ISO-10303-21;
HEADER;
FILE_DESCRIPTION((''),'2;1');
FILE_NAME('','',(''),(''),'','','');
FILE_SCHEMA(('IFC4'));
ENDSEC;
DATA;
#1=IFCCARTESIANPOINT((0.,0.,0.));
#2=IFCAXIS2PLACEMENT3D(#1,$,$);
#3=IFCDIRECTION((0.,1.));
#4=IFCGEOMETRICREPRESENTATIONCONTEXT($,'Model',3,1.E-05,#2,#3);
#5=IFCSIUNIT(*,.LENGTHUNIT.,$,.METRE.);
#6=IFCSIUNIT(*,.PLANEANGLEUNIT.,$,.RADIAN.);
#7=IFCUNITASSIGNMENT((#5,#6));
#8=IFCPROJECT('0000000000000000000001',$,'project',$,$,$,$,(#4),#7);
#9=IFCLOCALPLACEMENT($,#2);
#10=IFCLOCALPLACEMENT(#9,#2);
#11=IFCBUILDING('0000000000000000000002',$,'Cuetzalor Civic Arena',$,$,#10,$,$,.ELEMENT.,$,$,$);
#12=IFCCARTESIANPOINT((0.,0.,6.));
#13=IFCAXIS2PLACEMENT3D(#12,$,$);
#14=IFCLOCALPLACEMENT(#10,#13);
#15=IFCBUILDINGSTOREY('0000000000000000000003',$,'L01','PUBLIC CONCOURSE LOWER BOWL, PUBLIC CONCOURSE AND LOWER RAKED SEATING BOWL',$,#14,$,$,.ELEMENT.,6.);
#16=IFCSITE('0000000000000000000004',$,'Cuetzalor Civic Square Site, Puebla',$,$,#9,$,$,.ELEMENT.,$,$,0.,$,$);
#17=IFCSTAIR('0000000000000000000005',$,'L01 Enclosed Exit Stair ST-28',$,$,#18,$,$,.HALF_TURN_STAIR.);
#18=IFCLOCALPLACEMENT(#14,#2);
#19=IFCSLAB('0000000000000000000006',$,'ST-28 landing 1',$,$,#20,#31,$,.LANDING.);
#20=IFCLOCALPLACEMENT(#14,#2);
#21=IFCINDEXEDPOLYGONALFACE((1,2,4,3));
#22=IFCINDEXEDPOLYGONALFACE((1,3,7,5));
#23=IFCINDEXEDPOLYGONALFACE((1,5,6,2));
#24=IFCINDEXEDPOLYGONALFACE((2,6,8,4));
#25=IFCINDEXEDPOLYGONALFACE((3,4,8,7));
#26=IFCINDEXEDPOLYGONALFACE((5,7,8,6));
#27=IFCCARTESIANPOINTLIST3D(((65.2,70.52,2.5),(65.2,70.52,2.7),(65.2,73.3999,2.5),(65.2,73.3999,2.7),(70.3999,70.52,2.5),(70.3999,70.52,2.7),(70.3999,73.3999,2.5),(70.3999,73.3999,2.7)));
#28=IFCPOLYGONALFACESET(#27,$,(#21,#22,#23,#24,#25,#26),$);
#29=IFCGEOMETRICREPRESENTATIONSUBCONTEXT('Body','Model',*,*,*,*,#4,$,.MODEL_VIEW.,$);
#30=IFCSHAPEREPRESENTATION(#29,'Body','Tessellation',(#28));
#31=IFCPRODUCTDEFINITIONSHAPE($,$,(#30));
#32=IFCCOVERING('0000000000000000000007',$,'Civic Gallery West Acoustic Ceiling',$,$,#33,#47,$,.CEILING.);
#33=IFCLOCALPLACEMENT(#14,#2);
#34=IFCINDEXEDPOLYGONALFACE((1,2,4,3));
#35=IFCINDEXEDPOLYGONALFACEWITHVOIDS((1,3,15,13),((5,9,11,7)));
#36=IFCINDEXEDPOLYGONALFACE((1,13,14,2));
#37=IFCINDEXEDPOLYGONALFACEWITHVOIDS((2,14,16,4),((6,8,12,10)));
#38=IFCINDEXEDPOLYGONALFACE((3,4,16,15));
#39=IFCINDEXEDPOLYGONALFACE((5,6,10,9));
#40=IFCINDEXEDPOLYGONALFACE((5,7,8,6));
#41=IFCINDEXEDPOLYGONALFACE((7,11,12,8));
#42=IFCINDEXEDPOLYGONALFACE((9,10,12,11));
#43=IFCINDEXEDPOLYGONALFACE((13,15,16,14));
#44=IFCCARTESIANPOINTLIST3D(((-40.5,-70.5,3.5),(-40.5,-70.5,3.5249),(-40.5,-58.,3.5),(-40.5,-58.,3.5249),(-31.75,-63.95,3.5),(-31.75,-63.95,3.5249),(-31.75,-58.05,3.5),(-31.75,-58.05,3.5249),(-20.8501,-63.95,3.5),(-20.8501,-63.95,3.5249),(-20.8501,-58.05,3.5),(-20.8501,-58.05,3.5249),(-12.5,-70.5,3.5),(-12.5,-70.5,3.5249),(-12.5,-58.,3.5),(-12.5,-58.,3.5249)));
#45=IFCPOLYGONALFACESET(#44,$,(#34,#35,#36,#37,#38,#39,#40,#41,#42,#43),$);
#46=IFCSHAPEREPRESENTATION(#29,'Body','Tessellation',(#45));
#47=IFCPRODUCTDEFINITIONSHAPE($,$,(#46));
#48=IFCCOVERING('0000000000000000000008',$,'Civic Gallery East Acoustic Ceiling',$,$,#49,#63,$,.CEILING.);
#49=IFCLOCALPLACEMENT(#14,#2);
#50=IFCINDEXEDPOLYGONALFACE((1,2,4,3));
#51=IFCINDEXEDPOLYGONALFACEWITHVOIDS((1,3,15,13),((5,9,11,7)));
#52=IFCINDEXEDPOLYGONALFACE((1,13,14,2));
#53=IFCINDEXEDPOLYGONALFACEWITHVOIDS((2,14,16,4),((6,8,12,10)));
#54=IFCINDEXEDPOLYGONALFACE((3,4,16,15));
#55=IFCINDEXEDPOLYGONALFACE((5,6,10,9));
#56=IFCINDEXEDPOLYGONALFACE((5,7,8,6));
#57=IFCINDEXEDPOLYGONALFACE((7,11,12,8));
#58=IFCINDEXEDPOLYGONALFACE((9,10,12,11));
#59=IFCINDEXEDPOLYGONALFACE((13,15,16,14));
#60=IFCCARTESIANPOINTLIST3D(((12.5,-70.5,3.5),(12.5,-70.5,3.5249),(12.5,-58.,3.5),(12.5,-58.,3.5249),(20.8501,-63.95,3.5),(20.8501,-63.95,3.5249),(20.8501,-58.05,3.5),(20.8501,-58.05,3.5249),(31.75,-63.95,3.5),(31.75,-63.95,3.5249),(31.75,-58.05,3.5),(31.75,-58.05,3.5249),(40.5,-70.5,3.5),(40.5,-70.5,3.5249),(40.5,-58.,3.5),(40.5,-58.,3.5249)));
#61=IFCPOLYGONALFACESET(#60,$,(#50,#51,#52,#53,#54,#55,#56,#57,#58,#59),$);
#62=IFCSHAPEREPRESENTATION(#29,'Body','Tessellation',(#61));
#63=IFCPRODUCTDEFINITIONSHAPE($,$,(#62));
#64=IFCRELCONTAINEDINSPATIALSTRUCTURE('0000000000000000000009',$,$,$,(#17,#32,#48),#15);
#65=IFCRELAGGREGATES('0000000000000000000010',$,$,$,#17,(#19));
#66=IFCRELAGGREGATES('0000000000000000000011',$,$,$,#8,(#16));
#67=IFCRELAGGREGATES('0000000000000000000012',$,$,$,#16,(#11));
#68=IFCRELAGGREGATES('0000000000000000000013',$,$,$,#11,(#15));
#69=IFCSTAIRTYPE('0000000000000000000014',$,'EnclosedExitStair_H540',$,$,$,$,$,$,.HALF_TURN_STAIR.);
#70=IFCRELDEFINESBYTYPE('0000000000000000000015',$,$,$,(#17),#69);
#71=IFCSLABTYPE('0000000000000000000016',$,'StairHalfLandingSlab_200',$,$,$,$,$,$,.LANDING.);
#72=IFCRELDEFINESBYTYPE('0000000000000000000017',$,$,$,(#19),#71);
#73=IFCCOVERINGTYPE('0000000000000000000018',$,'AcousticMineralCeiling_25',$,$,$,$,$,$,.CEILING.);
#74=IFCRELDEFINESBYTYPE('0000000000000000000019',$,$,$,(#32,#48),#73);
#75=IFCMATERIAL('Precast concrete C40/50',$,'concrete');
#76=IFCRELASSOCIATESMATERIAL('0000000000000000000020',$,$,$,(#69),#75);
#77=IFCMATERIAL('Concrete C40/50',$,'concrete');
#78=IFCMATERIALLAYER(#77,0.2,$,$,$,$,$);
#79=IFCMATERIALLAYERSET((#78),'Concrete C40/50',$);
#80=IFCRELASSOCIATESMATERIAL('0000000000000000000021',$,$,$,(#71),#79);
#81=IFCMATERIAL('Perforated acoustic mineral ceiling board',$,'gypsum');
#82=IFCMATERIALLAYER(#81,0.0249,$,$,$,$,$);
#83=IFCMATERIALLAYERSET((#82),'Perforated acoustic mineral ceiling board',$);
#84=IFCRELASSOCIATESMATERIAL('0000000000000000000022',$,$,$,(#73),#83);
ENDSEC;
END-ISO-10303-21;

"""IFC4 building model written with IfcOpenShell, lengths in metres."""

from ifc_helpers import new_model, si_unit, direction, frame, origin, place, context, subcontext, project, spatial, polyline, outline, extrude, material, layer, layer_set, type_object, element, aggregate, save


model = new_model("IFC4")

# Units and contexts
model_context = context("Model", 3, precision=1e-05, world=origin(), true_north=direction((0.0, 1.0)))
body_context = subcontext(model_context, "Body", "Model", "MODEL_VIEW")
ifc_project = project(units=[si_unit("LENGTHUNIT", "METRE"), si_unit("PLANEANGLEUNIT", "RADIAN")], contexts=[model_context])

# Site, building, storey
site_placement = place(None, origin())
site = spatial("IfcSite", under=ifc_project, at=site_placement, Name="Cuetzalor Civic Square Site, Puebla", CompositionType="ELEMENT", RefElevation=0.0)
building_placement = place(site_placement, origin())
building = spatial("IfcBuilding", under=site, at=building_placement, Name="Cuetzalor Civic Arena", CompositionType="ELEMENT")
storey_placement = place(building_placement, frame((0.0, 0.0, 6.0)))
storey = spatial("IfcBuildingStorey", under=building, at=storey_placement, Name="L01", Description="PUBLIC CONCOURSE LOWER BOWL, PUBLIC CONCOURSE AND LOWER RAKED SEATING BOWL", CompositionType="ELEMENT", Elevation=6.0)

# Stair, slab
ifc_material_1 = material(Name="Precast concrete C40/50", Category="concrete")
stair_type = type_object("IfcStairType", Name="EnclosedExitStair_H540", PredefinedType="HALF_TURN_STAIR", material=ifc_material_1)
ifc_material_2 = material(Name="Concrete C40/50", Category="concrete")
ifc_layer_1 = layer(ifc_material_2, 0.2)
ifc_layer_set_1 = layer_set([ifc_layer_1], Name="Concrete C40/50")
slab_type = type_object("IfcSlabType", Name="StairHalfLandingSlab_200", PredefinedType="LANDING", material=ifc_layer_set_1)
stair_1_placement = place(storey_placement, origin())
stair_1 = element("IfcStair", 1, at=stair_1_placement, inside=storey, type_object=stair_type, Name="L01 Enclosed Exit Stair ST-28", PredefinedType="HALF_TURN_STAIR")
slab_1_placement = place(storey_placement, frame((0.0, 0.0, 2.5)))
slab_1 = element("IfcSlab", 2, at=slab_1_placement, type_object=slab_type, Name="ST-28 landing 1", PredefinedType="LANDING", context=body_context, shape_type="SweptSolid", body=[
    extrude(outline(polyline([(70.3999, 70.52), (70.3999, 73.3999), (65.2, 73.3999), (65.2, 70.52), (70.3999, 70.52)])), origin(), (0.0, 0.0, 1.0), 0.2),
])
aggregate(stair_1, [slab_1])

# Coverings
ifc_material_3 = material(Name="Perforated acoustic mineral ceiling board", Category="gypsum")
ifc_layer_2 = layer(ifc_material_3, 0.0249)
ifc_layer_set_2 = layer_set([ifc_layer_2], Name="Perforated acoustic mineral ceiling board")
covering_type_1 = type_object("IfcCoveringType", Name="AcousticMineralCeiling_25", PredefinedType="CEILING", material=ifc_layer_set_2)
covering_1_placement = place(storey_placement, frame((0.0, 0.0, 3.5)))
element("IfcCovering", 3, at=covering_1_placement, inside=storey, type_object=covering_type_1, Name="Civic Gallery West Acoustic Ceiling", PredefinedType="CEILING", context=body_context, shape_type="SweptSolid", body=[
    extrude(outline(polyline([(-40.5, -58.0), (-12.5, -58.0), (-12.5, -70.5), (-40.5, -70.5), (-40.5, -58.0)]), holes=[polyline([(-20.8501, -63.95), (-20.8501, -58.05), (-31.75, -58.05), (-31.75, -63.95), (-20.8501, -63.95)])]), origin(), (0.0, 0.0, 1.0), 0.0249),
])
covering_2_placement = place(storey_placement, frame((0.0, 0.0, 3.5)))
element("IfcCovering", 4, at=covering_2_placement, inside=storey, type_object=covering_type_1, Name="Civic Gallery East Acoustic Ceiling", PredefinedType="CEILING", context=body_context, shape_type="SweptSolid", body=[
    extrude(outline(polyline([(12.5, -58.0), (40.5, -58.0), (40.5, -70.5), (12.5, -70.5), (12.5, -58.0)]), holes=[polyline([(31.75, -63.95), (31.75, -58.05), (20.8501, -58.05), (20.8501, -63.95), (31.75, -63.95)])]), origin(), (0.0, 0.0, 1.0), 0.0249),
])

save(model, "model.ifc")
